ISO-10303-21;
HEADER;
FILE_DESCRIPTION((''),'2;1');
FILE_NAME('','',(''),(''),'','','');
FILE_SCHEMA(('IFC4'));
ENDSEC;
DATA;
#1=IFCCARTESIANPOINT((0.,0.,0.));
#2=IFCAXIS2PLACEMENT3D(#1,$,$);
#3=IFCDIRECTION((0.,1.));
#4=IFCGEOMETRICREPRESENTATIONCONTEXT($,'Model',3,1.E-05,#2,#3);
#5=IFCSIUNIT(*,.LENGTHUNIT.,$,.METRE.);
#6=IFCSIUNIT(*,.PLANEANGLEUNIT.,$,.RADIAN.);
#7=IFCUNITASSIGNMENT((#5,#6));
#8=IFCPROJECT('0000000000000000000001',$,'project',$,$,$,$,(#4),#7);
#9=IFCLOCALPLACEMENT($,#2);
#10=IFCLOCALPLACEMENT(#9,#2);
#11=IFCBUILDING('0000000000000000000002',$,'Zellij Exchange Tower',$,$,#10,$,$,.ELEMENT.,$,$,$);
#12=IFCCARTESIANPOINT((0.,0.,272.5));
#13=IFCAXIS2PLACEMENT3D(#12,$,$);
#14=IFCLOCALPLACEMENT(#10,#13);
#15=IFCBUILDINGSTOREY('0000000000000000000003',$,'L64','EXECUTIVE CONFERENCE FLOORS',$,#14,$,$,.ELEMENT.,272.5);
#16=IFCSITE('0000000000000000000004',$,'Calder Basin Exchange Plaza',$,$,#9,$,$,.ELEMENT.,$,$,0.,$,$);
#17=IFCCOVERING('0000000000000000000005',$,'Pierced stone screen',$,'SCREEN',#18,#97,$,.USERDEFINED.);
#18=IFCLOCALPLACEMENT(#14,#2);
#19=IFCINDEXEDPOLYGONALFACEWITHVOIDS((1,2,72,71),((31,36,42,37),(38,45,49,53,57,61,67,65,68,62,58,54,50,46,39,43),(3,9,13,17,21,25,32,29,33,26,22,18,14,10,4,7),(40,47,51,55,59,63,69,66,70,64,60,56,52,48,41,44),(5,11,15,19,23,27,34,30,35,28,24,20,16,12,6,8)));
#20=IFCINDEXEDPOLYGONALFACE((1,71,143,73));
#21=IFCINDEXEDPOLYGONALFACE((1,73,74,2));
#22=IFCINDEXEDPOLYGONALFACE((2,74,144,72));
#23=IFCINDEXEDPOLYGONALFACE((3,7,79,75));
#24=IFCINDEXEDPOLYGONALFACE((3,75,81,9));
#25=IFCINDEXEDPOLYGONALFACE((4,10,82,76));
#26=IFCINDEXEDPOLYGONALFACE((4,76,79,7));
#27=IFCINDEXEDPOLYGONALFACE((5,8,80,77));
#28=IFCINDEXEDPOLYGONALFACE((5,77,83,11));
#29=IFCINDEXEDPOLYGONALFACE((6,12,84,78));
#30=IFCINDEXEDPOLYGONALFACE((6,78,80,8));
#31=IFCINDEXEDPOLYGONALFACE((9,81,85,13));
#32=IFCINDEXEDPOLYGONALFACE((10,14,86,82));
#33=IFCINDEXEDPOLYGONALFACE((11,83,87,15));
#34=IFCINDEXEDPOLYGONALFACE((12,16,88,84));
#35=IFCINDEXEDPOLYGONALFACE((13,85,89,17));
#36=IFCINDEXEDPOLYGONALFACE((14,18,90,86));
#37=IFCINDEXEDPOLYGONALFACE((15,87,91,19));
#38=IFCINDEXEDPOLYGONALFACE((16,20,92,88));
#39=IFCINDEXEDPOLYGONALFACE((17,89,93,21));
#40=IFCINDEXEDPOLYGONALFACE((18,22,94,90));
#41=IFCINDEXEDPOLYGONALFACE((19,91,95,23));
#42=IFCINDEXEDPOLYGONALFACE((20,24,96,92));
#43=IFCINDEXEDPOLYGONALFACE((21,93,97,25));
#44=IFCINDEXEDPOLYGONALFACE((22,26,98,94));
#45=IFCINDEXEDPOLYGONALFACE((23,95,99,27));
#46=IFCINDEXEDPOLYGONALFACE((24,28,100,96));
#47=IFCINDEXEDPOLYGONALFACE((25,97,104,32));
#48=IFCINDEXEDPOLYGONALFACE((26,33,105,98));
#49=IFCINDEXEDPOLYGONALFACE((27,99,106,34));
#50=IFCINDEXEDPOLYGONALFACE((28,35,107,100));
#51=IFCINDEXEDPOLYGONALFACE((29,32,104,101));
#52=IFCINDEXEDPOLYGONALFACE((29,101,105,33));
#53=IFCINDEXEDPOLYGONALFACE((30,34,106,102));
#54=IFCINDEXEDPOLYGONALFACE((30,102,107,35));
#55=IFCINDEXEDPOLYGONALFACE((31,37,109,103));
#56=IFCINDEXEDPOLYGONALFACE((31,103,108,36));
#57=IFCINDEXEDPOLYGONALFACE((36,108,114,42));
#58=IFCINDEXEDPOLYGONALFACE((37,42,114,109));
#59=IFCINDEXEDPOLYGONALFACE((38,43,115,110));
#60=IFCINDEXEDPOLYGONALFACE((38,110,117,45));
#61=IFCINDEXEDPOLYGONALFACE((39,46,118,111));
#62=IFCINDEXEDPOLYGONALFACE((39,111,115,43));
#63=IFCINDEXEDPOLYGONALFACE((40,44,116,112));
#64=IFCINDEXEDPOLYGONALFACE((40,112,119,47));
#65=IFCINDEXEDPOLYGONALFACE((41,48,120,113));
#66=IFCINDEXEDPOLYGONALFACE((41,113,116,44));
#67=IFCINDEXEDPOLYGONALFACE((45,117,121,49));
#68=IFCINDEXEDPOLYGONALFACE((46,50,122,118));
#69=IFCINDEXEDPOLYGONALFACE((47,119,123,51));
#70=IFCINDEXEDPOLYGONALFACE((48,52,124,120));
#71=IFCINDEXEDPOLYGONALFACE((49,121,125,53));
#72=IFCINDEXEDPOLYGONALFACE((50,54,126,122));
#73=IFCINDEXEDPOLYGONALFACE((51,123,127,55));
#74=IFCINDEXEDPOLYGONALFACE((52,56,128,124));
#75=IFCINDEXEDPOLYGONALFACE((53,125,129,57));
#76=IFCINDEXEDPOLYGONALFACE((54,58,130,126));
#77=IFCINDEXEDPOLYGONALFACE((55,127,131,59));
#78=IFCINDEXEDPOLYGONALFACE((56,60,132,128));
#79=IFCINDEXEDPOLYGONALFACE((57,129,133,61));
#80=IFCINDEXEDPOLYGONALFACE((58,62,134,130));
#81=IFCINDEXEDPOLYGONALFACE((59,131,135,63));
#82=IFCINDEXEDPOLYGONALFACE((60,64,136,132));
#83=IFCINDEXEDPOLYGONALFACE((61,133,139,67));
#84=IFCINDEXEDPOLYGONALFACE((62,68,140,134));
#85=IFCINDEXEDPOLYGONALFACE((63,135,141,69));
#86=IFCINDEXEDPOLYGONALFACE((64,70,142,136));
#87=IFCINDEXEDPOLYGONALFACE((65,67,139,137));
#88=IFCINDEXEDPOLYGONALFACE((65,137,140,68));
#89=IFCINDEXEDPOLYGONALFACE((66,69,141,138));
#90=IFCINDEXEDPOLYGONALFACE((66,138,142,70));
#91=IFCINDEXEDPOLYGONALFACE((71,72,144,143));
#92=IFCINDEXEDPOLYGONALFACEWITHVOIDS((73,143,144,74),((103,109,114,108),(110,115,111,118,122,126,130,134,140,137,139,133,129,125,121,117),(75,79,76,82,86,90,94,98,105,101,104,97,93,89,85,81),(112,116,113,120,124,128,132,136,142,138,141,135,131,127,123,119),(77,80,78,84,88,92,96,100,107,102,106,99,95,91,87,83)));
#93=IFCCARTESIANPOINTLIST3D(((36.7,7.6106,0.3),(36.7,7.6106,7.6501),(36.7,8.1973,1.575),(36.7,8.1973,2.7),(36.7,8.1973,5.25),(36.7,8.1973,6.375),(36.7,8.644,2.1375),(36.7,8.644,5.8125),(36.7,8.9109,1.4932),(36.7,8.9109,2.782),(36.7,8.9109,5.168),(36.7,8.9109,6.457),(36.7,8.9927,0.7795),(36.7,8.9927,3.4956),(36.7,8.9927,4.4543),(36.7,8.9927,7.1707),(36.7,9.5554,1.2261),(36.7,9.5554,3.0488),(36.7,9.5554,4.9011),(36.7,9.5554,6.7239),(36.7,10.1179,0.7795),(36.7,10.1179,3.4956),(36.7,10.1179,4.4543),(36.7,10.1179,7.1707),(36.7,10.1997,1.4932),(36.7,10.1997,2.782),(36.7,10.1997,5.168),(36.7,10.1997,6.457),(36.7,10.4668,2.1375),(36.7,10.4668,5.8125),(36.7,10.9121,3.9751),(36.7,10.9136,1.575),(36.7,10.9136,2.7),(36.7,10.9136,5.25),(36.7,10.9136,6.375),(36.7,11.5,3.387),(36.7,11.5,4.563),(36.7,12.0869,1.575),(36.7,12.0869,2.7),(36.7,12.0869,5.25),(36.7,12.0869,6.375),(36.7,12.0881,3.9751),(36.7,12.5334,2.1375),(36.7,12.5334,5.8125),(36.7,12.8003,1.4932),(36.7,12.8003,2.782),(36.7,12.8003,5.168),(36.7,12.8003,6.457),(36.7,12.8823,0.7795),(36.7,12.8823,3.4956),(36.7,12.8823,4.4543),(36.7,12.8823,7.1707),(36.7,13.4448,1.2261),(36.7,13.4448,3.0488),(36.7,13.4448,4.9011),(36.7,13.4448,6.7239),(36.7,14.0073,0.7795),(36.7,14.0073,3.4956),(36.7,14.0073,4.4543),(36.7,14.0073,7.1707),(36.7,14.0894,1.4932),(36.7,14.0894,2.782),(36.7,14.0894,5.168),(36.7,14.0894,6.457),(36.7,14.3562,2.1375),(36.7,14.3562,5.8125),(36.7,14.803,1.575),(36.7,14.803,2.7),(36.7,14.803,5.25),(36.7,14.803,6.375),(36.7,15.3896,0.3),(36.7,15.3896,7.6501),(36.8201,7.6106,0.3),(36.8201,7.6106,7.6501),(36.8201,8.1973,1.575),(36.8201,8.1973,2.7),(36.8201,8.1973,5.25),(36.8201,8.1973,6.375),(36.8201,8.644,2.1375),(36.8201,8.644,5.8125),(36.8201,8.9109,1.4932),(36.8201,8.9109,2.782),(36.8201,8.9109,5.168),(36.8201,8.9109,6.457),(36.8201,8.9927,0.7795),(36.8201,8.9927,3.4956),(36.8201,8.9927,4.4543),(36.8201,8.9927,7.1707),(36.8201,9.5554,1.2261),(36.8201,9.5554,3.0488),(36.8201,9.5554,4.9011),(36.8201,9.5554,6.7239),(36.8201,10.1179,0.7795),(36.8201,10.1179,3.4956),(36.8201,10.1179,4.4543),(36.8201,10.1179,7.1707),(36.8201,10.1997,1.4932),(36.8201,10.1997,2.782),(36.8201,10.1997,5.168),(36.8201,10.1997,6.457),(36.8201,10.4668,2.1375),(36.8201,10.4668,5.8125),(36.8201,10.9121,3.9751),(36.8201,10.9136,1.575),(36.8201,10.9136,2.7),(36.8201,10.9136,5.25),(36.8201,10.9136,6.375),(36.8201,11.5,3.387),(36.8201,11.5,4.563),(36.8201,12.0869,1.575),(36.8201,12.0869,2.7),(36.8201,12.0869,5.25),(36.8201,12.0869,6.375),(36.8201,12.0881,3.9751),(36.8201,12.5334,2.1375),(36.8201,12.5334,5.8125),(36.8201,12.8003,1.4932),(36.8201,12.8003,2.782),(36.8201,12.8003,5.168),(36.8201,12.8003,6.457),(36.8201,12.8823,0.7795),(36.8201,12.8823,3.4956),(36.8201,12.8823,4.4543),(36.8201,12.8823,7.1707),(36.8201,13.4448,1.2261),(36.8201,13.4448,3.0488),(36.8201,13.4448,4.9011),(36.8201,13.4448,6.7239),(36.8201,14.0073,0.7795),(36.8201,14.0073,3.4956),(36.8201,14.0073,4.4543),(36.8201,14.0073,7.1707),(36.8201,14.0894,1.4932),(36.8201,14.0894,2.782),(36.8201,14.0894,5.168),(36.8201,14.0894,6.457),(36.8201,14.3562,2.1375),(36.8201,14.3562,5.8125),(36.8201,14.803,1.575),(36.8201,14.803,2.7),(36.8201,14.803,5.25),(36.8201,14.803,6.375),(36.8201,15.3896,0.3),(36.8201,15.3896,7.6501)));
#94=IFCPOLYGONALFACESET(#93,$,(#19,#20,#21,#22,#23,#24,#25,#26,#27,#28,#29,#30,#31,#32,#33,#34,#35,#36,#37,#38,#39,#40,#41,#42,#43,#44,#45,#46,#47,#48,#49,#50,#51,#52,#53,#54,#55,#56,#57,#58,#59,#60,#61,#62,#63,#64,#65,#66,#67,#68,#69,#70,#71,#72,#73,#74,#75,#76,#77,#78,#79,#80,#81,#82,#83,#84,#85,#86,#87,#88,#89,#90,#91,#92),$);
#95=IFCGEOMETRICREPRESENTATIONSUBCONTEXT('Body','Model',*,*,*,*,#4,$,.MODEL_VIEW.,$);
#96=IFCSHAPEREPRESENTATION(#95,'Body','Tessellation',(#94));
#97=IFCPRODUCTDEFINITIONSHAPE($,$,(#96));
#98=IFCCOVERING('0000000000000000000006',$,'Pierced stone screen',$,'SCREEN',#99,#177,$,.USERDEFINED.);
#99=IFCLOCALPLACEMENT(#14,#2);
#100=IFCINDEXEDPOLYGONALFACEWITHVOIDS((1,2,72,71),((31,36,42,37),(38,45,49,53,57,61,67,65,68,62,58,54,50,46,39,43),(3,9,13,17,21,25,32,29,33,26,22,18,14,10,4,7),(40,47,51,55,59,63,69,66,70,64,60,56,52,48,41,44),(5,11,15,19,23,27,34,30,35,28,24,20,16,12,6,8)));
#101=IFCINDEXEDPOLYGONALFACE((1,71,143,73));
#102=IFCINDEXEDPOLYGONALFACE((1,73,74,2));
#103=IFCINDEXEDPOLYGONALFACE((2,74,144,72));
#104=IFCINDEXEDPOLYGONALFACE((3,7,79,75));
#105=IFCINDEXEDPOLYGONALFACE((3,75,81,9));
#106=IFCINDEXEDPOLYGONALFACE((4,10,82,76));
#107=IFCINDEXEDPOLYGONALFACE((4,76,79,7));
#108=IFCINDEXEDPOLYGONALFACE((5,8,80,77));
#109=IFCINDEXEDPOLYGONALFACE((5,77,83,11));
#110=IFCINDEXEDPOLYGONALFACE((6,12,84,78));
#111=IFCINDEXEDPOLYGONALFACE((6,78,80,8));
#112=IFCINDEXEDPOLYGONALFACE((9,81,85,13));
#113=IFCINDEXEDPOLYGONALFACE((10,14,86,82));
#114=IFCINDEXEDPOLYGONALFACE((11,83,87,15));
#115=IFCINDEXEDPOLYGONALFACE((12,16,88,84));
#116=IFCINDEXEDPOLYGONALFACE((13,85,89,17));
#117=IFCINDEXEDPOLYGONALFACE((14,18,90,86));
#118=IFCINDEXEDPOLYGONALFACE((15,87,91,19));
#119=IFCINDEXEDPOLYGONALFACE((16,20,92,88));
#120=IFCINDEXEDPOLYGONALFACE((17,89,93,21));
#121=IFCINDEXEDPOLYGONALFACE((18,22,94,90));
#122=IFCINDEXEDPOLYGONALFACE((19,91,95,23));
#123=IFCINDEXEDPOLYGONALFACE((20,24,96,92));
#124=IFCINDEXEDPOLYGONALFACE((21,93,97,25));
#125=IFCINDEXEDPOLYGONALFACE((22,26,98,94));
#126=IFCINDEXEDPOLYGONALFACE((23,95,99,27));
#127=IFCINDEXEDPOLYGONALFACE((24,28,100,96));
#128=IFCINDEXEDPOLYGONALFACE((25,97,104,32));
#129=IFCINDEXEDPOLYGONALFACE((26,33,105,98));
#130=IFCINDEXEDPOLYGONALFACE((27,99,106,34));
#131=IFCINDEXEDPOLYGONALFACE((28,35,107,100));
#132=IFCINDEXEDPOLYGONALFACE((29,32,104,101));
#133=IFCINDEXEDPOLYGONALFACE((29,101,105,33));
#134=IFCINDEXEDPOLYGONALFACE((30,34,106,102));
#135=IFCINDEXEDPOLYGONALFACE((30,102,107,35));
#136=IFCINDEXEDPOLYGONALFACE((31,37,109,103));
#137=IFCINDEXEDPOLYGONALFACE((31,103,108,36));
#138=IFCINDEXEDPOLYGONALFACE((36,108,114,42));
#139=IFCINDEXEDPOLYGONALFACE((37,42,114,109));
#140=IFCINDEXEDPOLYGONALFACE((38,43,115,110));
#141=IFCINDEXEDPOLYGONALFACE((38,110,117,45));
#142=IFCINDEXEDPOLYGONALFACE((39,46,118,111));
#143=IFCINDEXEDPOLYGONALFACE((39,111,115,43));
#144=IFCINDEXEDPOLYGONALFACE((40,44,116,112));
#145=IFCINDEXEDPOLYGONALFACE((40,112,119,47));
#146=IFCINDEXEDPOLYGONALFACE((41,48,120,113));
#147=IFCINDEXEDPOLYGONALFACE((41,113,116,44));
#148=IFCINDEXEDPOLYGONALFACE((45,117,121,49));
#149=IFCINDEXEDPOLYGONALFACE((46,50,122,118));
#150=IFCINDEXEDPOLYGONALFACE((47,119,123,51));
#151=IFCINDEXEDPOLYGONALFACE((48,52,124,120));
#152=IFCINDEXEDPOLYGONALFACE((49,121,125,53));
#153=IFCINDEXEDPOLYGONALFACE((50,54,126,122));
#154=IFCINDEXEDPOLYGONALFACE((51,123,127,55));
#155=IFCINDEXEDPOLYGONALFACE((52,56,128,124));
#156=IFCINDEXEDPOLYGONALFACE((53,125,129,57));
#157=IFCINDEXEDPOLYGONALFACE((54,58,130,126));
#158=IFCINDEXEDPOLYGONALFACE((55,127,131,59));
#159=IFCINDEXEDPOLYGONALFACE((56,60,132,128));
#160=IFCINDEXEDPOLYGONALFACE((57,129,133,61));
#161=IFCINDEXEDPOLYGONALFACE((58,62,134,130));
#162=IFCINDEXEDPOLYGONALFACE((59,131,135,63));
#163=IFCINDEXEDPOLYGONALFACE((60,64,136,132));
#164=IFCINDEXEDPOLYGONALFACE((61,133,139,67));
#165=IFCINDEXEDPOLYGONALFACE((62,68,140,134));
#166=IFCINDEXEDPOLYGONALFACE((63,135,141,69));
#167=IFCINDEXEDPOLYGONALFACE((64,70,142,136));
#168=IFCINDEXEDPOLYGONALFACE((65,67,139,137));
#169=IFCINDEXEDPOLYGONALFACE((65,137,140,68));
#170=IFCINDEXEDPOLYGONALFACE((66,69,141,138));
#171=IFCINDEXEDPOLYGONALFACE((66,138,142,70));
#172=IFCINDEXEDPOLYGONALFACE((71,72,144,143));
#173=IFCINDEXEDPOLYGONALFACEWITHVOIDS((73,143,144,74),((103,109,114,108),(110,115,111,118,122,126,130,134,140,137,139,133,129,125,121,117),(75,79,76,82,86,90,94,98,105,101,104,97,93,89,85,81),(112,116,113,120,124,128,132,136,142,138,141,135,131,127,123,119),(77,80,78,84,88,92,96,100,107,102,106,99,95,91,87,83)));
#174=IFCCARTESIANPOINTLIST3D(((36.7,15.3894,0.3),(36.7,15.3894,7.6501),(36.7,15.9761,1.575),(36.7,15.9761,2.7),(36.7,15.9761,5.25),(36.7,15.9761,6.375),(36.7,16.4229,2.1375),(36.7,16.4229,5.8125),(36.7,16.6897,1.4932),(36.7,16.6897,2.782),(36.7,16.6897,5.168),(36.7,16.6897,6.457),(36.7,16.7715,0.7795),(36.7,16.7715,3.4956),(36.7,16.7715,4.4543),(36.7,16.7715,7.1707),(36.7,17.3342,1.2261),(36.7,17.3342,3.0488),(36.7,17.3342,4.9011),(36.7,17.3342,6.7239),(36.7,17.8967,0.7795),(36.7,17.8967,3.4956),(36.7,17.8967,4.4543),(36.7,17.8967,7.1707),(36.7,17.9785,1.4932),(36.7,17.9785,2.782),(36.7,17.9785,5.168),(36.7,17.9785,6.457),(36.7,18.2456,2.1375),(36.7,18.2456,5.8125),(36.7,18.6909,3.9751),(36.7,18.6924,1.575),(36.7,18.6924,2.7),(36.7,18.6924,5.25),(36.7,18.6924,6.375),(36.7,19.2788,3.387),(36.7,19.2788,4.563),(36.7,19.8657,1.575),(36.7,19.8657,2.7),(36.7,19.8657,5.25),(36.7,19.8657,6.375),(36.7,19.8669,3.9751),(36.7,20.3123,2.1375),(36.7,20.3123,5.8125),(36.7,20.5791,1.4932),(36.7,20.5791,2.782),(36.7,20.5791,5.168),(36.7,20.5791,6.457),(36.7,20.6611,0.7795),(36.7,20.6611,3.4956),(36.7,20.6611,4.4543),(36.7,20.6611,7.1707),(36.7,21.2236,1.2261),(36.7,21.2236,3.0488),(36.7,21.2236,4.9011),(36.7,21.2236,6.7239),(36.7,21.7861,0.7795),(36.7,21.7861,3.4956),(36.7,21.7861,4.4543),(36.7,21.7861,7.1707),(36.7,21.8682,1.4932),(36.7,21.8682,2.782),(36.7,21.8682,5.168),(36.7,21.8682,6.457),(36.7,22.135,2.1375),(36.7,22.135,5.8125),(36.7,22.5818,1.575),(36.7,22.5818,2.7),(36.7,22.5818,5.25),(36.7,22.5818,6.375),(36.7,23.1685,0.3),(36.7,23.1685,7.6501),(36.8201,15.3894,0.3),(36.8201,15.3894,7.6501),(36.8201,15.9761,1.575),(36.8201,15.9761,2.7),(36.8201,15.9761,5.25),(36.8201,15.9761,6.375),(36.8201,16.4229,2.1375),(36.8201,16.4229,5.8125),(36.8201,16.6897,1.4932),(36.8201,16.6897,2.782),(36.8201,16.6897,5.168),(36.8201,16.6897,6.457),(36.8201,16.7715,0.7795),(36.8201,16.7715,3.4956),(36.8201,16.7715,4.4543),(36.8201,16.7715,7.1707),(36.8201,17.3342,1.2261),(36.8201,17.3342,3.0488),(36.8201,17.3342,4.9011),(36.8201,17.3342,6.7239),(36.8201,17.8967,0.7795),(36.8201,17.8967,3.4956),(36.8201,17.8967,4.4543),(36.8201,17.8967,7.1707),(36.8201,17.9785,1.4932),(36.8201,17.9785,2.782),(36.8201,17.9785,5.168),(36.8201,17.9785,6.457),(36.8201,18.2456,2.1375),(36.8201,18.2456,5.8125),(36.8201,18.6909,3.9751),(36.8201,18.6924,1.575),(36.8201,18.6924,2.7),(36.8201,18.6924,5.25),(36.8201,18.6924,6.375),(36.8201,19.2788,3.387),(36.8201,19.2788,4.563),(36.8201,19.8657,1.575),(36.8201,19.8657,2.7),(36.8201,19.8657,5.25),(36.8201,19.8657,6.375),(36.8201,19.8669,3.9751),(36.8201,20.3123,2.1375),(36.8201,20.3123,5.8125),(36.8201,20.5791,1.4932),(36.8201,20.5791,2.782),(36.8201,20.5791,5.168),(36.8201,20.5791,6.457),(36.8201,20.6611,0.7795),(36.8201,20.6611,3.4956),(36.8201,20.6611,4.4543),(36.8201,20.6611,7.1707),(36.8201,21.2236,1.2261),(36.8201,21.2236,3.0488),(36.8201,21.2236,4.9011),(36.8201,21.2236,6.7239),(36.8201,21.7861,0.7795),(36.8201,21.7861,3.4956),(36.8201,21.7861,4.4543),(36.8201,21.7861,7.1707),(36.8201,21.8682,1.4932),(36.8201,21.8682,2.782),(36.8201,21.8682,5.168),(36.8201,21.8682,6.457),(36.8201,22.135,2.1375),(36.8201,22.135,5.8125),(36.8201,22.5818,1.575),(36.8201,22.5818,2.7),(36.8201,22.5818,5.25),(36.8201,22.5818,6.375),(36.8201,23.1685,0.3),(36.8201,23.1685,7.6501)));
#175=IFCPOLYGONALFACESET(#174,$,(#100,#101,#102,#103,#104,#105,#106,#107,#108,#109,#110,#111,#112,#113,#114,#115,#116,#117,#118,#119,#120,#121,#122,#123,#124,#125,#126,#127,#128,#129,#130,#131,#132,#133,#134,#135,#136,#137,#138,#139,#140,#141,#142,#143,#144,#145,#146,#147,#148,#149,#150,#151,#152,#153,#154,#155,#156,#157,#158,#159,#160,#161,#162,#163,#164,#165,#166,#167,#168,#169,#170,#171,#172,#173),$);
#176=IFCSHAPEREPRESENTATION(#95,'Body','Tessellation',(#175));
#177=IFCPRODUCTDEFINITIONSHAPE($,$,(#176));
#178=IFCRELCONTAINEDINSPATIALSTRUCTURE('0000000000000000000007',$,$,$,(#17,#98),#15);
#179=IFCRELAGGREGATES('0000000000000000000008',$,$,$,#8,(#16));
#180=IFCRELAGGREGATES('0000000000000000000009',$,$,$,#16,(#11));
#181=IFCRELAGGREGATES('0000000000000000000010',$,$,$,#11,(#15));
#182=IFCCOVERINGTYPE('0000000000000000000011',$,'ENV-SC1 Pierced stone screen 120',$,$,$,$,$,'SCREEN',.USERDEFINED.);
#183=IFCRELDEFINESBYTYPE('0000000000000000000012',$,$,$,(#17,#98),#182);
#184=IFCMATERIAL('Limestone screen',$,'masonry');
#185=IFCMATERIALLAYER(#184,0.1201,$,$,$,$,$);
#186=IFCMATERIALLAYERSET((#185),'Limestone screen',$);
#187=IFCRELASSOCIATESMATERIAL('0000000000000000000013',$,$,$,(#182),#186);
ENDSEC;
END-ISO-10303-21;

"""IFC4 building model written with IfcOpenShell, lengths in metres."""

from ifc_helpers import new_model, si_unit, direction, frame, origin, place, context, subcontext, project, spatial, polyline, outline, extrude, material, layer, layer_set, type_object, element, save


model = new_model("IFC4")

# Units and contexts
model_context = context("Model", 3, precision=1e-05, world=origin(), true_north=direction((0.0, 1.0)))
body_context = subcontext(model_context, "Body", "Model", "MODEL_VIEW")
ifc_project = project(units=[si_unit("LENGTHUNIT", "METRE"), si_unit("PLANEANGLEUNIT", "RADIAN")], contexts=[model_context])

# Site, building, storey
site_placement = place(None, origin())
site = spatial("IfcSite", under=ifc_project, at=site_placement, Name="Calder Basin Exchange Plaza", CompositionType="ELEMENT", RefElevation=0.0)
building_placement = place(site_placement, origin())
building = spatial("IfcBuilding", under=site, at=building_placement, Name="Zellij Exchange Tower", CompositionType="ELEMENT")
storey_placement = place(building_placement, frame((0.0, 0.0, 272.5)))
storey = spatial("IfcBuildingStorey", under=building, at=storey_placement, Name="L64", Description="EXECUTIVE CONFERENCE FLOORS", CompositionType="ELEMENT", Elevation=272.5)

# Coverings
ifc_material_1 = material(Name="Limestone screen", Category="masonry")
ifc_layer_1 = layer(ifc_material_1, 0.1201)
ifc_layer_set_1 = layer_set([ifc_layer_1], Name="Limestone screen")
covering_type = type_object("IfcCoveringType", Name="ENV-SC1 Pierced stone screen 120", ElementType="SCREEN", PredefinedType="USERDEFINED", material=ifc_layer_set_1)
covering_1_placement = place(storey_placement, frame((36.76, 7.6106, 0.3), z_axis=(0.0, 0.0, 1.0), x_axis=(0.0, 1.0, 0.0)))
element("IfcCovering", 1, at=covering_1_placement, inside=storey, type_object=covering_type, Name="Pierced stone screen", ObjectType="SCREEN", PredefinedType="USERDEFINED", context=body_context, shape_type="SweptSolid", body=[
    extrude(outline(polyline([(0.0, 0.0), (7.7791, 0.0), (7.7791, 7.3501), (0.0, 7.3501), (0.0, 0.0)]), holes=[polyline([(3.303, 2.3999), (2.5891, 2.4819), (2.5073, 3.1956), (1.9448, 2.7488), (1.3821, 3.1956), (1.3003, 2.4819), (0.5867, 2.3999), (1.0334, 1.8374), (0.5867, 1.2749), (1.3003, 1.1931), (1.3821, 0.4795), (1.9448, 0.926), (2.5073, 0.4795), (2.5891, 1.1931), (3.303, 1.2749), (2.8562, 1.8374), (3.303, 2.3999)]), polyline([(3.303, 6.075), (2.5891, 6.157), (2.5073, 6.8706), (1.9448, 6.4238), (1.3821, 6.8706), (1.3003, 6.157), (0.5867, 6.075), (1.0334, 5.5125), (0.5867, 4.95), (1.3003, 4.8679), (1.3821, 4.1543), (1.9448, 4.6011), (2.5073, 4.1543), (2.5891, 4.8679), (3.303, 4.95), (2.8562, 5.5125), (3.303, 6.075)]), polyline([(7.1924, 2.3999), (6.4788, 2.4819), (6.3967, 3.1956), (5.8342, 2.7488), (5.2717, 3.1956), (5.1897, 2.4819), (4.4763, 2.3999), (4.9229, 1.8374), (4.4763, 1.2749), (5.1897, 1.1931), (5.2717, 0.4795), (5.8342, 0.926), (6.3967, 0.4795), (6.4788, 1.1931), (7.1924, 1.2749), (6.7456, 1.8374), (7.1924, 2.3999)]), polyline([(7.1924, 6.075), (6.4788, 6.157), (6.3967, 6.8706), (5.8342, 6.4238), (5.2717, 6.8706), (5.1897, 6.157), (4.4763, 6.075), (4.9229, 5.5125), (4.4763, 4.95), (5.1897, 4.8679), (5.2717, 4.1543), (5.8342, 4.6011), (6.3967, 4.1543), (6.4788, 4.8679), (7.1924, 4.95), (6.7456, 5.5125), (7.1924, 6.075)]), polyline([(4.4775, 3.675), (3.8894, 4.2629), (3.3015, 3.675), (3.8894, 3.0869), (4.4775, 3.675)])]), frame((0.0, 0.0601, 0.0), z_axis=(0.0, -1.0, 0.0), x_axis=(1.0, 0.0, 0.0)), (0.0, 0.0, 1.0), 0.1201),
])
covering_2_placement = place(storey_placement, frame((36.76, 15.3894, 0.3), z_axis=(0.0, 0.0, 1.0), x_axis=(0.0, 1.0, 0.0)))
element("IfcCovering", 2, at=covering_2_placement, inside=storey, type_object=covering_type, Name="Pierced stone screen", ObjectType="SCREEN", PredefinedType="USERDEFINED", context=body_context, shape_type="SweptSolid", body=[
    extrude(outline(polyline([(0.0, 0.0), (7.7791, 0.0), (7.7791, 7.3501), (0.0, 7.3501), (0.0, 0.0)]), holes=[polyline([(3.303, 2.3999), (2.5891, 2.4819), (2.5073, 3.1956), (1.9448, 2.7488), (1.3821, 3.1956), (1.3003, 2.4819), (0.5867, 2.3999), (1.0334, 1.8374), (0.5867, 1.2749), (1.3003, 1.1931), (1.3821, 0.4795), (1.9448, 0.926), (2.5073, 0.4795), (2.5891, 1.1931), (3.303, 1.2749), (2.8562, 1.8374), (3.303, 2.3999)]), polyline([(3.303, 6.075), (2.5891, 6.157), (2.5073, 6.8706), (1.9448, 6.4238), (1.3821, 6.8706), (1.3003, 6.157), (0.5867, 6.075), (1.0334, 5.5125), (0.5867, 4.95), (1.3003, 4.8679), (1.3821, 4.1543), (1.9448, 4.6011), (2.5073, 4.1543), (2.5891, 4.8679), (3.303, 4.95), (2.8562, 5.5125), (3.303, 6.075)]), polyline([(7.1924, 2.3999), (6.4788, 2.4819), (6.3967, 3.1956), (5.8342, 2.7488), (5.2717, 3.1956), (5.1897, 2.4819), (4.4763, 2.3999), (4.9229, 1.8374), (4.4763, 1.2749), (5.1897, 1.1931), (5.2717, 0.4795), (5.8342, 0.926), (6.3967, 0.4795), (6.4788, 1.1931), (7.1924, 1.2749), (6.7456, 1.8374), (7.1924, 2.3999)]), polyline([(7.1924, 6.075), (6.4788, 6.157), (6.3967, 6.8706), (5.8342, 6.4238), (5.2717, 6.8706), (5.1897, 6.157), (4.4763, 6.075), (4.9229, 5.5125), (4.4763, 4.95), (5.1897, 4.8679), (5.2717, 4.1543), (5.8342, 4.6011), (6.3967, 4.1543), (6.4788, 4.8679), (7.1924, 4.95), (6.7456, 5.5125), (7.1924, 6.075)]), polyline([(4.4775, 3.675), (3.8894, 4.2629), (3.3015, 3.675), (3.8894, 3.0869), (4.4775, 3.675)])]), frame((0.0, 0.0601, 0.0), z_axis=(0.0, -1.0, 0.0), x_axis=(1.0, 0.0, 0.0)), (0.0, 0.0, 1.0), 0.1201),
])

save(model, "model.ifc")
